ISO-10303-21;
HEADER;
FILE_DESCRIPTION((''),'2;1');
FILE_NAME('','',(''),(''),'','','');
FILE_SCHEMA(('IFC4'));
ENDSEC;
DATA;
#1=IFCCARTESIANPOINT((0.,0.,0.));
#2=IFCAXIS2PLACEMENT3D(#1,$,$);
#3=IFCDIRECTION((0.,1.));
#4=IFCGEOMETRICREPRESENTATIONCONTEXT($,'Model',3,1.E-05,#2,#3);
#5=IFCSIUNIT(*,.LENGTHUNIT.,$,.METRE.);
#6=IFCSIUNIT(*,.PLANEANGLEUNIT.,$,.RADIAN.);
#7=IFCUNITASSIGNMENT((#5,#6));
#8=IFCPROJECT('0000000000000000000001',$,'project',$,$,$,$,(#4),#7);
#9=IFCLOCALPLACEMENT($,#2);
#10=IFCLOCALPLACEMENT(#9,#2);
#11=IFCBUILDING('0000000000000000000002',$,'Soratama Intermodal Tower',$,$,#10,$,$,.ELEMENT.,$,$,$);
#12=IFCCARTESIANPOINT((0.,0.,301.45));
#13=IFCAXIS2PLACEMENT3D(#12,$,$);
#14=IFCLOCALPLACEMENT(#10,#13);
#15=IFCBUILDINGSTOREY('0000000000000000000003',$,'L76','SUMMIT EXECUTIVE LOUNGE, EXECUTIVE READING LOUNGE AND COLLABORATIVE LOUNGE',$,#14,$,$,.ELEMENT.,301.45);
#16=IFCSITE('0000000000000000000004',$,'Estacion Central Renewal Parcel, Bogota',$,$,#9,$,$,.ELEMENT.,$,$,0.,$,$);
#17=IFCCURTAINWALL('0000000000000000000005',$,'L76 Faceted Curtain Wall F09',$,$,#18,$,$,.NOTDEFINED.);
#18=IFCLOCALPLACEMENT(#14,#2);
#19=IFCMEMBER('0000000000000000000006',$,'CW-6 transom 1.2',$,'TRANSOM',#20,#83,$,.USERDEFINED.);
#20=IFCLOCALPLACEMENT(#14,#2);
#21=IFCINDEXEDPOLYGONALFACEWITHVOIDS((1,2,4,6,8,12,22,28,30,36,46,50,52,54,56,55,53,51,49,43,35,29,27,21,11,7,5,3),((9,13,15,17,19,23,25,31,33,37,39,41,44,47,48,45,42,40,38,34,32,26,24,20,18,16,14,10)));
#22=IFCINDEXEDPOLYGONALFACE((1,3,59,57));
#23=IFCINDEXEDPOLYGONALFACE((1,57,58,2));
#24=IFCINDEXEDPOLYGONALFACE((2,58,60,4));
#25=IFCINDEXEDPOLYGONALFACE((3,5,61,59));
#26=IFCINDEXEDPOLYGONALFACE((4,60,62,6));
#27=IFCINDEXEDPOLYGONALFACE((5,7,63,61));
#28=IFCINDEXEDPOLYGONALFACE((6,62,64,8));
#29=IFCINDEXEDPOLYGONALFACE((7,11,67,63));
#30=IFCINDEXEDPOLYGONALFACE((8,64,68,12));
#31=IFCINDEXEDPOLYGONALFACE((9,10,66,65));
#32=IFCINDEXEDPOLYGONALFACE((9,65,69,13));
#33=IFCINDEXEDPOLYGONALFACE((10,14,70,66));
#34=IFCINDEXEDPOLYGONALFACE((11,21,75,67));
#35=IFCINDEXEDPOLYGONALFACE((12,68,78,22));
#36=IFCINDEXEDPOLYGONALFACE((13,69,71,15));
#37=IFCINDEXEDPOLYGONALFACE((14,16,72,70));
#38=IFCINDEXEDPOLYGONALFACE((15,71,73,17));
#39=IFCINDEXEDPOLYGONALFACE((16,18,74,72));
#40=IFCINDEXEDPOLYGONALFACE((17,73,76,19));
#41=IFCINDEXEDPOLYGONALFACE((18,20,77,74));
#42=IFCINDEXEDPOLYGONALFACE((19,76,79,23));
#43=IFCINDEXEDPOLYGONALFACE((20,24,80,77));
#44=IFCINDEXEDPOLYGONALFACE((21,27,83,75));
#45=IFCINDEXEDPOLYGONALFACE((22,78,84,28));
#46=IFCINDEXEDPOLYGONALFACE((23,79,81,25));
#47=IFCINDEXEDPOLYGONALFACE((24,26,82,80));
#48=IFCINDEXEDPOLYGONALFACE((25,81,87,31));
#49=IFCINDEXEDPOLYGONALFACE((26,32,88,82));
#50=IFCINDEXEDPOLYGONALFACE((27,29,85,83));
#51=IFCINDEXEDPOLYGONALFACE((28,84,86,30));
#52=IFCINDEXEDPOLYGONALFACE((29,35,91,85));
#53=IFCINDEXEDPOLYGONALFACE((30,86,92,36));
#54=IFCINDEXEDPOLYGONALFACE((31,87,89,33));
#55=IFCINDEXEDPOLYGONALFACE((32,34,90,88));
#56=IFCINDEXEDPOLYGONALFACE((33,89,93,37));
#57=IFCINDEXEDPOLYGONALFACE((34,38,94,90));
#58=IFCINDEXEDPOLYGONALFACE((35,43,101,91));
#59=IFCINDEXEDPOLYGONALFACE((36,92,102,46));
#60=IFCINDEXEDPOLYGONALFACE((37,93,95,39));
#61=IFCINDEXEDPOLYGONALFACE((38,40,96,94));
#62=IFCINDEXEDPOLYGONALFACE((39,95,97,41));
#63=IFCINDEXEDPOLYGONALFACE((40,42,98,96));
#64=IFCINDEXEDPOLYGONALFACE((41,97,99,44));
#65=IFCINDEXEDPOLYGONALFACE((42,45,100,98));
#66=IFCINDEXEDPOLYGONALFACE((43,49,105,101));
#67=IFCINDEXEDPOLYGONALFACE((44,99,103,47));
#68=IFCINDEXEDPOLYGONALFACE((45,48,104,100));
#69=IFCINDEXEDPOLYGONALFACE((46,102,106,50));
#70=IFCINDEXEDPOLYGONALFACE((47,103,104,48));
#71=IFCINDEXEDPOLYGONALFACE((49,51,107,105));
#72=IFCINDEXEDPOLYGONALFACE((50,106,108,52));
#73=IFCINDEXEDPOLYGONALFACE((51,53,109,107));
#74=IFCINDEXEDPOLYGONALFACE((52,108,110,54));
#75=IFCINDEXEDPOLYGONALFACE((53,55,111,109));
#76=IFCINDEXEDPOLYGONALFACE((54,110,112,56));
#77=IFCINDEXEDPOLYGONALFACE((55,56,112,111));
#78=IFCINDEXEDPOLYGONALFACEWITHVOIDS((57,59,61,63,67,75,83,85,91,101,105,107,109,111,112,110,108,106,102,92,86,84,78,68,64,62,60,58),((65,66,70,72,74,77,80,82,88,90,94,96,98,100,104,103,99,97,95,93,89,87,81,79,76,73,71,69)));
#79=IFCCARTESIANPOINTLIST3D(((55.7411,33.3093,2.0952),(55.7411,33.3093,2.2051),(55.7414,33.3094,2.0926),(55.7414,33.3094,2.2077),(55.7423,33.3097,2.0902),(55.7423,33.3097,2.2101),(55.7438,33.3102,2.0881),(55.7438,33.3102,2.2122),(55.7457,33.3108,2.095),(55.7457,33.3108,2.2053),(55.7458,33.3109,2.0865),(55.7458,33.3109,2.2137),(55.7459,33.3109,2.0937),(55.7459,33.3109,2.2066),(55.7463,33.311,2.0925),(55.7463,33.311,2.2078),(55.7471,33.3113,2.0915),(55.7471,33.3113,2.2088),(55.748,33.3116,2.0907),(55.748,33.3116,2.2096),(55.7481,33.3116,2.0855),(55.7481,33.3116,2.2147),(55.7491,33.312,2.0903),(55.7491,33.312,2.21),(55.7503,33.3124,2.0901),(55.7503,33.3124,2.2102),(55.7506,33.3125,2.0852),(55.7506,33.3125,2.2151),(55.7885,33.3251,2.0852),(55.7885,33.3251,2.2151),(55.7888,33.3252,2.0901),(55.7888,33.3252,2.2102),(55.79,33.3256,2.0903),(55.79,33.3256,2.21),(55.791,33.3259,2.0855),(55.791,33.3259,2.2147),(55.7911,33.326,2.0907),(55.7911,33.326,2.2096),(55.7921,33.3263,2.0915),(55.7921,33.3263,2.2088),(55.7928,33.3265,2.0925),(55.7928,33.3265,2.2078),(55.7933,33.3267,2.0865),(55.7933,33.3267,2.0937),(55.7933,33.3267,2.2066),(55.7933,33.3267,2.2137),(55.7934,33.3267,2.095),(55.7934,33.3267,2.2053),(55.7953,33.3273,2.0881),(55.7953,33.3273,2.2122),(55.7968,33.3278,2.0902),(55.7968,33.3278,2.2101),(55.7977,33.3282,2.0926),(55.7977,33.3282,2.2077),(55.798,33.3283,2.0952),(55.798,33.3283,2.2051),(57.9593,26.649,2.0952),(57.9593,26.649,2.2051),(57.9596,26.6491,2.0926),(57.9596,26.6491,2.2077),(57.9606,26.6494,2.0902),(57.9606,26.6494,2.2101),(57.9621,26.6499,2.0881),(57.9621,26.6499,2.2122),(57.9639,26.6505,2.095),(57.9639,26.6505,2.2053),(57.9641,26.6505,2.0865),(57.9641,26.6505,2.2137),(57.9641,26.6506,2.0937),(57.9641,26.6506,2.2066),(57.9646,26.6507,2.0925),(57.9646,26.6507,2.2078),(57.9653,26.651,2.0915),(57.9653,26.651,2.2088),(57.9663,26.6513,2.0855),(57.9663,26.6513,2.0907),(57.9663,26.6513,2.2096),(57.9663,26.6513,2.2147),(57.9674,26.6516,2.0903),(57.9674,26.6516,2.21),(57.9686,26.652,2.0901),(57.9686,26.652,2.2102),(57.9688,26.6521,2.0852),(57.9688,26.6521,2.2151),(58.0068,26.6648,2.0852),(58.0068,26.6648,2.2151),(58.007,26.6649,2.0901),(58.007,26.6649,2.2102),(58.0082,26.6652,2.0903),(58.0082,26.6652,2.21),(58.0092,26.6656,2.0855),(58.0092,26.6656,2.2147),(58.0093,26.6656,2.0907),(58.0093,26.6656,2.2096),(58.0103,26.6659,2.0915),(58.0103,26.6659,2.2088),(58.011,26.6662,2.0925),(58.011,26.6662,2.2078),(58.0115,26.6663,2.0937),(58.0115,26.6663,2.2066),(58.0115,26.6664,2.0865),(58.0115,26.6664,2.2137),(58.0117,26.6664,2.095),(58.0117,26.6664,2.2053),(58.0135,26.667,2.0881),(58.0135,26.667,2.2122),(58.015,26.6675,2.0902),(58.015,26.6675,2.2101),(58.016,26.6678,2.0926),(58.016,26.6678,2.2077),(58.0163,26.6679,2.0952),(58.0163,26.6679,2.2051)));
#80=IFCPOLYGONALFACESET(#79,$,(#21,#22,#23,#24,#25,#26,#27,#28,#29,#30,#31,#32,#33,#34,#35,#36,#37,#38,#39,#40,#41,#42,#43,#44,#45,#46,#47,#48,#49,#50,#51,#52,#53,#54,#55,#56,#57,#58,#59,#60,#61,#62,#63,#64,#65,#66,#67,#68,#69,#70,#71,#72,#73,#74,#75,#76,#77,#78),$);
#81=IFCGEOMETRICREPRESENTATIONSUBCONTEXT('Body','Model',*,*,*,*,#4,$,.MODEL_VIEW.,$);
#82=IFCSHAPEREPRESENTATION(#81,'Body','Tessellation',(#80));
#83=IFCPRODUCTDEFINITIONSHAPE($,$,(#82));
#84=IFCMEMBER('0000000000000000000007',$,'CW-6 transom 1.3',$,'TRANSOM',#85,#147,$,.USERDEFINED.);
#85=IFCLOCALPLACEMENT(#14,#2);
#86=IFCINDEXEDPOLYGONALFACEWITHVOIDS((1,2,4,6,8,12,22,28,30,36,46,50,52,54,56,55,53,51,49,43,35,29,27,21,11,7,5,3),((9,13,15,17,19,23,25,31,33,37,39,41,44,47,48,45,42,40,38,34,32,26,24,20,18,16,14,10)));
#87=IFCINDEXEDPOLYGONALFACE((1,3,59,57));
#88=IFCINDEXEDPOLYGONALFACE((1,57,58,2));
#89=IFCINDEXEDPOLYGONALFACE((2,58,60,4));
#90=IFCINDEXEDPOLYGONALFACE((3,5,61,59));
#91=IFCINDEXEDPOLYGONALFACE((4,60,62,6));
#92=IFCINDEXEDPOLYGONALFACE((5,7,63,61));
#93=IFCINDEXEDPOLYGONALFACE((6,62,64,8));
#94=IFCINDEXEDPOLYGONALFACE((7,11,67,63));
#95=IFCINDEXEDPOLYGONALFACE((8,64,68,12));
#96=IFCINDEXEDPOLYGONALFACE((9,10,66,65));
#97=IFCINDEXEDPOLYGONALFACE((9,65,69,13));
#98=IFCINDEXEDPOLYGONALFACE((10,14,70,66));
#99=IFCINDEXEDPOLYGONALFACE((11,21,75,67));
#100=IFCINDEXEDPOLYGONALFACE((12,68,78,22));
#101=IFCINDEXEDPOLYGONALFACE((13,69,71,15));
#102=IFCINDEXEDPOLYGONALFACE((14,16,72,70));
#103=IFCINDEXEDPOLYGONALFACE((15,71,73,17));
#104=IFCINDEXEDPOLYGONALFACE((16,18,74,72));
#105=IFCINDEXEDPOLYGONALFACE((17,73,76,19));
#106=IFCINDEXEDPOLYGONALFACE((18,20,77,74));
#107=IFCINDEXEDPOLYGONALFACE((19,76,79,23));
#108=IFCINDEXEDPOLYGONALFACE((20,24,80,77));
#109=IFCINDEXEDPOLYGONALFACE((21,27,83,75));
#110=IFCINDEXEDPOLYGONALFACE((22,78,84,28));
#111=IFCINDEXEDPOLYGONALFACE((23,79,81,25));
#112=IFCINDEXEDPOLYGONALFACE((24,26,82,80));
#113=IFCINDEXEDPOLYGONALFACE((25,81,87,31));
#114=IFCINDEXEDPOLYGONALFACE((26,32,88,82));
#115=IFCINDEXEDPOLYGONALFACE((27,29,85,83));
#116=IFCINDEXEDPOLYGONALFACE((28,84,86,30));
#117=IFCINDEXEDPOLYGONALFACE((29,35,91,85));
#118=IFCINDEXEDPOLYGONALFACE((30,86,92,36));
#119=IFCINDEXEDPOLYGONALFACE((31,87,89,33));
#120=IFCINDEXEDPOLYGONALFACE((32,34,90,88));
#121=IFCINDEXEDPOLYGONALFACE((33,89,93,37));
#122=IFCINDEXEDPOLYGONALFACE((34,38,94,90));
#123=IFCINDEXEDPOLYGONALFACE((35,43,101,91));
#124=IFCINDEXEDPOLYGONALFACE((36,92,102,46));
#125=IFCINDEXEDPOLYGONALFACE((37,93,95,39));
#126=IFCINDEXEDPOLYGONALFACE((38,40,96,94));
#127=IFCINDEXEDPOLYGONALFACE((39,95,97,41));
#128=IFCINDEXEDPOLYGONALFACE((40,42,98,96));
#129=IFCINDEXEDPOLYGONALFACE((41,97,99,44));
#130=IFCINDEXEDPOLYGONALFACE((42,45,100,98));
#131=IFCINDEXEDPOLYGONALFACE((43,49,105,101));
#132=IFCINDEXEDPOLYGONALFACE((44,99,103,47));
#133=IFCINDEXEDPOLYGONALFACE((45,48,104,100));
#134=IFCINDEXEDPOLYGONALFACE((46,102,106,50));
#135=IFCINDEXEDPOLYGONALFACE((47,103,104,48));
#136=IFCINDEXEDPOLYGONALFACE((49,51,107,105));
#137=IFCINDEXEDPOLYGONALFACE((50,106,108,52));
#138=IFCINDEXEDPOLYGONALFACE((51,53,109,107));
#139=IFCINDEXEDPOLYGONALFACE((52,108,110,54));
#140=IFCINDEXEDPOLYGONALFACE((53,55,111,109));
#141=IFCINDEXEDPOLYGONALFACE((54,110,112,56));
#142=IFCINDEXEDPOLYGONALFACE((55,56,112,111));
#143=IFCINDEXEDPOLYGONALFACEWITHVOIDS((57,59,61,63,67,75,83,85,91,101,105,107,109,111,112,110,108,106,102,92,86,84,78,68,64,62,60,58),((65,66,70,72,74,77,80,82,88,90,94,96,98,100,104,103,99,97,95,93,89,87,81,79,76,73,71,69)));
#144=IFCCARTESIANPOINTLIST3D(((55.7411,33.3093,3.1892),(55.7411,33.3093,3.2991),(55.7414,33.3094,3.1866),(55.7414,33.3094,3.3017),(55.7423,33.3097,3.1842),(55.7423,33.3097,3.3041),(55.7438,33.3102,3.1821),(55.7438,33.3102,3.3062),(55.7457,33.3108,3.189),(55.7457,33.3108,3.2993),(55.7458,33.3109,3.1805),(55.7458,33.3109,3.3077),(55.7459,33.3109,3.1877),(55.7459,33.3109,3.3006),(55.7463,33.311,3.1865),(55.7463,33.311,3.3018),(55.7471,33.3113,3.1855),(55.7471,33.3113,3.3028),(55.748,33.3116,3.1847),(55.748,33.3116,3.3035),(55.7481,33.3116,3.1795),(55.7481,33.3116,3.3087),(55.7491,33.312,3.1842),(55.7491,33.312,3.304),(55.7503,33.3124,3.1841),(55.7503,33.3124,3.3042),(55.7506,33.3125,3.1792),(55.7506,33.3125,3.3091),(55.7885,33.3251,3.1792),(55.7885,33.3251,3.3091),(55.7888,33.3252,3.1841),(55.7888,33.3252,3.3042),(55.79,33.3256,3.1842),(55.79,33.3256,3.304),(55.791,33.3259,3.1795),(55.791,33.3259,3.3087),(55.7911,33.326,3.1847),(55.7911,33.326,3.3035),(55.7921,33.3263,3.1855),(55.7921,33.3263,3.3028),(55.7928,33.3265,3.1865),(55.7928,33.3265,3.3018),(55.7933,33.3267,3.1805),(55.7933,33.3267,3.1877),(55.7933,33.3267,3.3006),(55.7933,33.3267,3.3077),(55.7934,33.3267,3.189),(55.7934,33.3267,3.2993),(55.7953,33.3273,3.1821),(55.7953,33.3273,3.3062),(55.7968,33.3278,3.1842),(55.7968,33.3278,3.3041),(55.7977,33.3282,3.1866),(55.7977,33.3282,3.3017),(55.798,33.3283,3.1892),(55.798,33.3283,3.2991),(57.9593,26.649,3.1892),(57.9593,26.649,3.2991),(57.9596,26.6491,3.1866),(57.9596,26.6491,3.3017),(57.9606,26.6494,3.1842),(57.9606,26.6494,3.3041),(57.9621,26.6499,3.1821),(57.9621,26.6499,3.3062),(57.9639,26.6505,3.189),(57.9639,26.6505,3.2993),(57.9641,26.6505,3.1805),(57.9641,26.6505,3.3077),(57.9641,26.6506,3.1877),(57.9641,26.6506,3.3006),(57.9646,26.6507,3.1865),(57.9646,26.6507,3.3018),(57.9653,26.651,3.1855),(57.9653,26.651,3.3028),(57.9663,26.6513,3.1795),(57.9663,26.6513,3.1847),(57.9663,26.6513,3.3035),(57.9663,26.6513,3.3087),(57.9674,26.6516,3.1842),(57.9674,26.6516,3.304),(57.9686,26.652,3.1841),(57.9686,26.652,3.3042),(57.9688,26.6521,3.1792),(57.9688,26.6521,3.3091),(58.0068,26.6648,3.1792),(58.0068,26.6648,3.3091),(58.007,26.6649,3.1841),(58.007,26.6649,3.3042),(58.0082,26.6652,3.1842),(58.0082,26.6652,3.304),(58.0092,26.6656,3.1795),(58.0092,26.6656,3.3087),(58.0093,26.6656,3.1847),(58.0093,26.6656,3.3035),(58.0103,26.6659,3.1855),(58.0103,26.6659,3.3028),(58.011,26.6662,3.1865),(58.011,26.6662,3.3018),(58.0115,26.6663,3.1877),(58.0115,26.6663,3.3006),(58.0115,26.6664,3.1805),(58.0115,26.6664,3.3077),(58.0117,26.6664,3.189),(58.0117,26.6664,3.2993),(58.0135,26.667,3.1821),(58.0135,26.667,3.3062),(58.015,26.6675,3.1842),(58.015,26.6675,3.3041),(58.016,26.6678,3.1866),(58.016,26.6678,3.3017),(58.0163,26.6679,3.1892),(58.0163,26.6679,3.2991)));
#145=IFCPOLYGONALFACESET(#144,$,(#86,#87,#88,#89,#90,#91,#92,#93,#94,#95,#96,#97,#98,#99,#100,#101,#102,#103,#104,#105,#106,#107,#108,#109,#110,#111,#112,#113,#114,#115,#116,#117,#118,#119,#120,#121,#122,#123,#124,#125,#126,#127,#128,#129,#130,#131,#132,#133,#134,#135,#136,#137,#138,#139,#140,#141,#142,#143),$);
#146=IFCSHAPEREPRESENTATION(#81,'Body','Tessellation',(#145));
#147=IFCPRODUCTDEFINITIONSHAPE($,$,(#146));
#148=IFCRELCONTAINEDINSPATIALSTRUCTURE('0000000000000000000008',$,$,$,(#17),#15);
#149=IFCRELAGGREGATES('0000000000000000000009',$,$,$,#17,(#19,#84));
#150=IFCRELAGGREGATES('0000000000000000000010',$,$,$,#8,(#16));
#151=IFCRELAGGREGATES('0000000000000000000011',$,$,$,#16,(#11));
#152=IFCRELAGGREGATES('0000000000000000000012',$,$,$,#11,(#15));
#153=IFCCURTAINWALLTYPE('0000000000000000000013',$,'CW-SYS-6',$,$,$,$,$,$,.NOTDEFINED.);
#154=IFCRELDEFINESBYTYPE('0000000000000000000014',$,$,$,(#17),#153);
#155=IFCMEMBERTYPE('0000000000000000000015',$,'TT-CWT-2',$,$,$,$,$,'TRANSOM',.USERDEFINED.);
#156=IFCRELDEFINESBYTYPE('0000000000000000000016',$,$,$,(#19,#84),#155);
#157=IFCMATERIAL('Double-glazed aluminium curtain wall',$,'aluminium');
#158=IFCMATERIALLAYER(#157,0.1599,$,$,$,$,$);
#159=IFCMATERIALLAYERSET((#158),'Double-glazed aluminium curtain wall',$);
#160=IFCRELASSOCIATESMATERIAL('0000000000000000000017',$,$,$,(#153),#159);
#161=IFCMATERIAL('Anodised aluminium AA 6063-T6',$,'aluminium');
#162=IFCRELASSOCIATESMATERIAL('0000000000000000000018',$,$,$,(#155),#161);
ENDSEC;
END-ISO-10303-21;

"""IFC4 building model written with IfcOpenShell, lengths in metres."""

from ifc_helpers import new_model, si_unit, direction, frame, origin, origin_2d, place, context, subcontext, project, spatial, hollow_rectangle, extrude, material, layer, layer_set, material_profile, profile_set, type_object, element, aggregate, save


model = new_model("IFC4")

# Units and contexts
model_context = context("Model", 3, precision=1e-05, world=origin(), true_north=direction((0.0, 1.0)))
body_context = subcontext(model_context, "Body", "Model", "MODEL_VIEW")
ifc_project = project(units=[si_unit("LENGTHUNIT", "METRE"), si_unit("PLANEANGLEUNIT", "RADIAN")], contexts=[model_context])

# Site, building, storey
site_placement = place(None, origin())
site = spatial("IfcSite", under=ifc_project, at=site_placement, Name="Estacion Central Renewal Parcel, Bogota", CompositionType="ELEMENT", RefElevation=0.0)
building_placement = place(site_placement, origin())
building = spatial("IfcBuilding", under=site, at=building_placement, Name="Soratama Intermodal Tower", CompositionType="ELEMENT")
storey_placement = place(building_placement, frame((0.0, 0.0, 301.45)))
storey = spatial("IfcBuildingStorey", under=building, at=storey_placement, Name="L76", Description="SUMMIT EXECUTIVE LOUNGE, EXECUTIVE READING LOUNGE AND COLLABORATIVE LOUNGE", CompositionType="ELEMENT", Elevation=301.45)

# Curtain wall
ifc_material_1 = material(Name="Double-glazed aluminium curtain wall", Category="aluminium")
ifc_layer_1 = layer(ifc_material_1, 0.1599)
ifc_layer_set_1 = layer_set([ifc_layer_1], Name="Double-glazed aluminium curtain wall")
curtain_wall_type = type_object("IfcCurtainWallType", Name="CW-SYS-6", PredefinedType="NOTDEFINED", material=ifc_layer_set_1)
curtain_wall_1_placement = place(storey_placement, origin())
curtain_wall_1 = element("IfcCurtainWall", 1, at=curtain_wall_1_placement, inside=storey, type_object=curtain_wall_type, Name="L76 Faceted Curtain Wall F09", PredefinedType="NOTDEFINED")

# Members
ifc_material_2 = material(Name="Anodised aluminium AA 6063-T6", Category="aluminium")
ifc_material_profile_1 = material_profile(ifc_material_2, hollow_rectangle(XDim=0.0601, YDim=0.1299, WallThickness=0.0049, InnerFilletRadius=0.0049, OuterFilletRadius=0.01, at=origin_2d()), Name="CWT130X60X5")
ifc_profile_set_1 = profile_set([ifc_material_profile_1], Name="Anodised aluminium AA 6063-T6")
member_type_1 = type_object("IfcMemberType", Name="TT-CWT-2", ElementType="TRANSOM", PredefinedType="USERDEFINED", material=ifc_profile_set_1)
member_1_placement = place(storey_placement, frame((57.9878, 26.6584, 2.1501), z_axis=(-0.315988, 0.948763, 0.0), x_axis=(-0.948763, -0.315988, 0.0)))
member_1 = element("IfcMember", 2, at=member_1_placement, type_object=member_type_1, Name="CW-6 transom 1.2", ObjectType="TRANSOM", PredefinedType="USERDEFINED", context=body_context, shape_type="SweptSolid", body=[
    extrude(hollow_rectangle(XDim=0.0601, YDim=0.1299, WallThickness=0.0049, InnerFilletRadius=0.0049, OuterFilletRadius=0.01, at=origin_2d()), origin(), (0.0, 0.0, 1.0), 7.02),
])
member_2_placement = place(storey_placement, frame((57.9878, 26.6584, 3.2441), z_axis=(-0.315988, 0.948763, 0.0), x_axis=(-0.948763, -0.315988, 0.0)))
member_2 = element("IfcMember", 3, at=member_2_placement, type_object=member_type_1, Name="CW-6 transom 1.3", ObjectType="TRANSOM", PredefinedType="USERDEFINED", context=body_context, shape_type="SweptSolid", body=[
    extrude(hollow_rectangle(XDim=0.0601, YDim=0.1299, WallThickness=0.0049, InnerFilletRadius=0.0049, OuterFilletRadius=0.01, at=origin_2d()), origin(), (0.0, 0.0, 1.0), 7.02),
])

aggregate(curtain_wall_1, [member_1, member_2])

save(model, "model.ifc")
